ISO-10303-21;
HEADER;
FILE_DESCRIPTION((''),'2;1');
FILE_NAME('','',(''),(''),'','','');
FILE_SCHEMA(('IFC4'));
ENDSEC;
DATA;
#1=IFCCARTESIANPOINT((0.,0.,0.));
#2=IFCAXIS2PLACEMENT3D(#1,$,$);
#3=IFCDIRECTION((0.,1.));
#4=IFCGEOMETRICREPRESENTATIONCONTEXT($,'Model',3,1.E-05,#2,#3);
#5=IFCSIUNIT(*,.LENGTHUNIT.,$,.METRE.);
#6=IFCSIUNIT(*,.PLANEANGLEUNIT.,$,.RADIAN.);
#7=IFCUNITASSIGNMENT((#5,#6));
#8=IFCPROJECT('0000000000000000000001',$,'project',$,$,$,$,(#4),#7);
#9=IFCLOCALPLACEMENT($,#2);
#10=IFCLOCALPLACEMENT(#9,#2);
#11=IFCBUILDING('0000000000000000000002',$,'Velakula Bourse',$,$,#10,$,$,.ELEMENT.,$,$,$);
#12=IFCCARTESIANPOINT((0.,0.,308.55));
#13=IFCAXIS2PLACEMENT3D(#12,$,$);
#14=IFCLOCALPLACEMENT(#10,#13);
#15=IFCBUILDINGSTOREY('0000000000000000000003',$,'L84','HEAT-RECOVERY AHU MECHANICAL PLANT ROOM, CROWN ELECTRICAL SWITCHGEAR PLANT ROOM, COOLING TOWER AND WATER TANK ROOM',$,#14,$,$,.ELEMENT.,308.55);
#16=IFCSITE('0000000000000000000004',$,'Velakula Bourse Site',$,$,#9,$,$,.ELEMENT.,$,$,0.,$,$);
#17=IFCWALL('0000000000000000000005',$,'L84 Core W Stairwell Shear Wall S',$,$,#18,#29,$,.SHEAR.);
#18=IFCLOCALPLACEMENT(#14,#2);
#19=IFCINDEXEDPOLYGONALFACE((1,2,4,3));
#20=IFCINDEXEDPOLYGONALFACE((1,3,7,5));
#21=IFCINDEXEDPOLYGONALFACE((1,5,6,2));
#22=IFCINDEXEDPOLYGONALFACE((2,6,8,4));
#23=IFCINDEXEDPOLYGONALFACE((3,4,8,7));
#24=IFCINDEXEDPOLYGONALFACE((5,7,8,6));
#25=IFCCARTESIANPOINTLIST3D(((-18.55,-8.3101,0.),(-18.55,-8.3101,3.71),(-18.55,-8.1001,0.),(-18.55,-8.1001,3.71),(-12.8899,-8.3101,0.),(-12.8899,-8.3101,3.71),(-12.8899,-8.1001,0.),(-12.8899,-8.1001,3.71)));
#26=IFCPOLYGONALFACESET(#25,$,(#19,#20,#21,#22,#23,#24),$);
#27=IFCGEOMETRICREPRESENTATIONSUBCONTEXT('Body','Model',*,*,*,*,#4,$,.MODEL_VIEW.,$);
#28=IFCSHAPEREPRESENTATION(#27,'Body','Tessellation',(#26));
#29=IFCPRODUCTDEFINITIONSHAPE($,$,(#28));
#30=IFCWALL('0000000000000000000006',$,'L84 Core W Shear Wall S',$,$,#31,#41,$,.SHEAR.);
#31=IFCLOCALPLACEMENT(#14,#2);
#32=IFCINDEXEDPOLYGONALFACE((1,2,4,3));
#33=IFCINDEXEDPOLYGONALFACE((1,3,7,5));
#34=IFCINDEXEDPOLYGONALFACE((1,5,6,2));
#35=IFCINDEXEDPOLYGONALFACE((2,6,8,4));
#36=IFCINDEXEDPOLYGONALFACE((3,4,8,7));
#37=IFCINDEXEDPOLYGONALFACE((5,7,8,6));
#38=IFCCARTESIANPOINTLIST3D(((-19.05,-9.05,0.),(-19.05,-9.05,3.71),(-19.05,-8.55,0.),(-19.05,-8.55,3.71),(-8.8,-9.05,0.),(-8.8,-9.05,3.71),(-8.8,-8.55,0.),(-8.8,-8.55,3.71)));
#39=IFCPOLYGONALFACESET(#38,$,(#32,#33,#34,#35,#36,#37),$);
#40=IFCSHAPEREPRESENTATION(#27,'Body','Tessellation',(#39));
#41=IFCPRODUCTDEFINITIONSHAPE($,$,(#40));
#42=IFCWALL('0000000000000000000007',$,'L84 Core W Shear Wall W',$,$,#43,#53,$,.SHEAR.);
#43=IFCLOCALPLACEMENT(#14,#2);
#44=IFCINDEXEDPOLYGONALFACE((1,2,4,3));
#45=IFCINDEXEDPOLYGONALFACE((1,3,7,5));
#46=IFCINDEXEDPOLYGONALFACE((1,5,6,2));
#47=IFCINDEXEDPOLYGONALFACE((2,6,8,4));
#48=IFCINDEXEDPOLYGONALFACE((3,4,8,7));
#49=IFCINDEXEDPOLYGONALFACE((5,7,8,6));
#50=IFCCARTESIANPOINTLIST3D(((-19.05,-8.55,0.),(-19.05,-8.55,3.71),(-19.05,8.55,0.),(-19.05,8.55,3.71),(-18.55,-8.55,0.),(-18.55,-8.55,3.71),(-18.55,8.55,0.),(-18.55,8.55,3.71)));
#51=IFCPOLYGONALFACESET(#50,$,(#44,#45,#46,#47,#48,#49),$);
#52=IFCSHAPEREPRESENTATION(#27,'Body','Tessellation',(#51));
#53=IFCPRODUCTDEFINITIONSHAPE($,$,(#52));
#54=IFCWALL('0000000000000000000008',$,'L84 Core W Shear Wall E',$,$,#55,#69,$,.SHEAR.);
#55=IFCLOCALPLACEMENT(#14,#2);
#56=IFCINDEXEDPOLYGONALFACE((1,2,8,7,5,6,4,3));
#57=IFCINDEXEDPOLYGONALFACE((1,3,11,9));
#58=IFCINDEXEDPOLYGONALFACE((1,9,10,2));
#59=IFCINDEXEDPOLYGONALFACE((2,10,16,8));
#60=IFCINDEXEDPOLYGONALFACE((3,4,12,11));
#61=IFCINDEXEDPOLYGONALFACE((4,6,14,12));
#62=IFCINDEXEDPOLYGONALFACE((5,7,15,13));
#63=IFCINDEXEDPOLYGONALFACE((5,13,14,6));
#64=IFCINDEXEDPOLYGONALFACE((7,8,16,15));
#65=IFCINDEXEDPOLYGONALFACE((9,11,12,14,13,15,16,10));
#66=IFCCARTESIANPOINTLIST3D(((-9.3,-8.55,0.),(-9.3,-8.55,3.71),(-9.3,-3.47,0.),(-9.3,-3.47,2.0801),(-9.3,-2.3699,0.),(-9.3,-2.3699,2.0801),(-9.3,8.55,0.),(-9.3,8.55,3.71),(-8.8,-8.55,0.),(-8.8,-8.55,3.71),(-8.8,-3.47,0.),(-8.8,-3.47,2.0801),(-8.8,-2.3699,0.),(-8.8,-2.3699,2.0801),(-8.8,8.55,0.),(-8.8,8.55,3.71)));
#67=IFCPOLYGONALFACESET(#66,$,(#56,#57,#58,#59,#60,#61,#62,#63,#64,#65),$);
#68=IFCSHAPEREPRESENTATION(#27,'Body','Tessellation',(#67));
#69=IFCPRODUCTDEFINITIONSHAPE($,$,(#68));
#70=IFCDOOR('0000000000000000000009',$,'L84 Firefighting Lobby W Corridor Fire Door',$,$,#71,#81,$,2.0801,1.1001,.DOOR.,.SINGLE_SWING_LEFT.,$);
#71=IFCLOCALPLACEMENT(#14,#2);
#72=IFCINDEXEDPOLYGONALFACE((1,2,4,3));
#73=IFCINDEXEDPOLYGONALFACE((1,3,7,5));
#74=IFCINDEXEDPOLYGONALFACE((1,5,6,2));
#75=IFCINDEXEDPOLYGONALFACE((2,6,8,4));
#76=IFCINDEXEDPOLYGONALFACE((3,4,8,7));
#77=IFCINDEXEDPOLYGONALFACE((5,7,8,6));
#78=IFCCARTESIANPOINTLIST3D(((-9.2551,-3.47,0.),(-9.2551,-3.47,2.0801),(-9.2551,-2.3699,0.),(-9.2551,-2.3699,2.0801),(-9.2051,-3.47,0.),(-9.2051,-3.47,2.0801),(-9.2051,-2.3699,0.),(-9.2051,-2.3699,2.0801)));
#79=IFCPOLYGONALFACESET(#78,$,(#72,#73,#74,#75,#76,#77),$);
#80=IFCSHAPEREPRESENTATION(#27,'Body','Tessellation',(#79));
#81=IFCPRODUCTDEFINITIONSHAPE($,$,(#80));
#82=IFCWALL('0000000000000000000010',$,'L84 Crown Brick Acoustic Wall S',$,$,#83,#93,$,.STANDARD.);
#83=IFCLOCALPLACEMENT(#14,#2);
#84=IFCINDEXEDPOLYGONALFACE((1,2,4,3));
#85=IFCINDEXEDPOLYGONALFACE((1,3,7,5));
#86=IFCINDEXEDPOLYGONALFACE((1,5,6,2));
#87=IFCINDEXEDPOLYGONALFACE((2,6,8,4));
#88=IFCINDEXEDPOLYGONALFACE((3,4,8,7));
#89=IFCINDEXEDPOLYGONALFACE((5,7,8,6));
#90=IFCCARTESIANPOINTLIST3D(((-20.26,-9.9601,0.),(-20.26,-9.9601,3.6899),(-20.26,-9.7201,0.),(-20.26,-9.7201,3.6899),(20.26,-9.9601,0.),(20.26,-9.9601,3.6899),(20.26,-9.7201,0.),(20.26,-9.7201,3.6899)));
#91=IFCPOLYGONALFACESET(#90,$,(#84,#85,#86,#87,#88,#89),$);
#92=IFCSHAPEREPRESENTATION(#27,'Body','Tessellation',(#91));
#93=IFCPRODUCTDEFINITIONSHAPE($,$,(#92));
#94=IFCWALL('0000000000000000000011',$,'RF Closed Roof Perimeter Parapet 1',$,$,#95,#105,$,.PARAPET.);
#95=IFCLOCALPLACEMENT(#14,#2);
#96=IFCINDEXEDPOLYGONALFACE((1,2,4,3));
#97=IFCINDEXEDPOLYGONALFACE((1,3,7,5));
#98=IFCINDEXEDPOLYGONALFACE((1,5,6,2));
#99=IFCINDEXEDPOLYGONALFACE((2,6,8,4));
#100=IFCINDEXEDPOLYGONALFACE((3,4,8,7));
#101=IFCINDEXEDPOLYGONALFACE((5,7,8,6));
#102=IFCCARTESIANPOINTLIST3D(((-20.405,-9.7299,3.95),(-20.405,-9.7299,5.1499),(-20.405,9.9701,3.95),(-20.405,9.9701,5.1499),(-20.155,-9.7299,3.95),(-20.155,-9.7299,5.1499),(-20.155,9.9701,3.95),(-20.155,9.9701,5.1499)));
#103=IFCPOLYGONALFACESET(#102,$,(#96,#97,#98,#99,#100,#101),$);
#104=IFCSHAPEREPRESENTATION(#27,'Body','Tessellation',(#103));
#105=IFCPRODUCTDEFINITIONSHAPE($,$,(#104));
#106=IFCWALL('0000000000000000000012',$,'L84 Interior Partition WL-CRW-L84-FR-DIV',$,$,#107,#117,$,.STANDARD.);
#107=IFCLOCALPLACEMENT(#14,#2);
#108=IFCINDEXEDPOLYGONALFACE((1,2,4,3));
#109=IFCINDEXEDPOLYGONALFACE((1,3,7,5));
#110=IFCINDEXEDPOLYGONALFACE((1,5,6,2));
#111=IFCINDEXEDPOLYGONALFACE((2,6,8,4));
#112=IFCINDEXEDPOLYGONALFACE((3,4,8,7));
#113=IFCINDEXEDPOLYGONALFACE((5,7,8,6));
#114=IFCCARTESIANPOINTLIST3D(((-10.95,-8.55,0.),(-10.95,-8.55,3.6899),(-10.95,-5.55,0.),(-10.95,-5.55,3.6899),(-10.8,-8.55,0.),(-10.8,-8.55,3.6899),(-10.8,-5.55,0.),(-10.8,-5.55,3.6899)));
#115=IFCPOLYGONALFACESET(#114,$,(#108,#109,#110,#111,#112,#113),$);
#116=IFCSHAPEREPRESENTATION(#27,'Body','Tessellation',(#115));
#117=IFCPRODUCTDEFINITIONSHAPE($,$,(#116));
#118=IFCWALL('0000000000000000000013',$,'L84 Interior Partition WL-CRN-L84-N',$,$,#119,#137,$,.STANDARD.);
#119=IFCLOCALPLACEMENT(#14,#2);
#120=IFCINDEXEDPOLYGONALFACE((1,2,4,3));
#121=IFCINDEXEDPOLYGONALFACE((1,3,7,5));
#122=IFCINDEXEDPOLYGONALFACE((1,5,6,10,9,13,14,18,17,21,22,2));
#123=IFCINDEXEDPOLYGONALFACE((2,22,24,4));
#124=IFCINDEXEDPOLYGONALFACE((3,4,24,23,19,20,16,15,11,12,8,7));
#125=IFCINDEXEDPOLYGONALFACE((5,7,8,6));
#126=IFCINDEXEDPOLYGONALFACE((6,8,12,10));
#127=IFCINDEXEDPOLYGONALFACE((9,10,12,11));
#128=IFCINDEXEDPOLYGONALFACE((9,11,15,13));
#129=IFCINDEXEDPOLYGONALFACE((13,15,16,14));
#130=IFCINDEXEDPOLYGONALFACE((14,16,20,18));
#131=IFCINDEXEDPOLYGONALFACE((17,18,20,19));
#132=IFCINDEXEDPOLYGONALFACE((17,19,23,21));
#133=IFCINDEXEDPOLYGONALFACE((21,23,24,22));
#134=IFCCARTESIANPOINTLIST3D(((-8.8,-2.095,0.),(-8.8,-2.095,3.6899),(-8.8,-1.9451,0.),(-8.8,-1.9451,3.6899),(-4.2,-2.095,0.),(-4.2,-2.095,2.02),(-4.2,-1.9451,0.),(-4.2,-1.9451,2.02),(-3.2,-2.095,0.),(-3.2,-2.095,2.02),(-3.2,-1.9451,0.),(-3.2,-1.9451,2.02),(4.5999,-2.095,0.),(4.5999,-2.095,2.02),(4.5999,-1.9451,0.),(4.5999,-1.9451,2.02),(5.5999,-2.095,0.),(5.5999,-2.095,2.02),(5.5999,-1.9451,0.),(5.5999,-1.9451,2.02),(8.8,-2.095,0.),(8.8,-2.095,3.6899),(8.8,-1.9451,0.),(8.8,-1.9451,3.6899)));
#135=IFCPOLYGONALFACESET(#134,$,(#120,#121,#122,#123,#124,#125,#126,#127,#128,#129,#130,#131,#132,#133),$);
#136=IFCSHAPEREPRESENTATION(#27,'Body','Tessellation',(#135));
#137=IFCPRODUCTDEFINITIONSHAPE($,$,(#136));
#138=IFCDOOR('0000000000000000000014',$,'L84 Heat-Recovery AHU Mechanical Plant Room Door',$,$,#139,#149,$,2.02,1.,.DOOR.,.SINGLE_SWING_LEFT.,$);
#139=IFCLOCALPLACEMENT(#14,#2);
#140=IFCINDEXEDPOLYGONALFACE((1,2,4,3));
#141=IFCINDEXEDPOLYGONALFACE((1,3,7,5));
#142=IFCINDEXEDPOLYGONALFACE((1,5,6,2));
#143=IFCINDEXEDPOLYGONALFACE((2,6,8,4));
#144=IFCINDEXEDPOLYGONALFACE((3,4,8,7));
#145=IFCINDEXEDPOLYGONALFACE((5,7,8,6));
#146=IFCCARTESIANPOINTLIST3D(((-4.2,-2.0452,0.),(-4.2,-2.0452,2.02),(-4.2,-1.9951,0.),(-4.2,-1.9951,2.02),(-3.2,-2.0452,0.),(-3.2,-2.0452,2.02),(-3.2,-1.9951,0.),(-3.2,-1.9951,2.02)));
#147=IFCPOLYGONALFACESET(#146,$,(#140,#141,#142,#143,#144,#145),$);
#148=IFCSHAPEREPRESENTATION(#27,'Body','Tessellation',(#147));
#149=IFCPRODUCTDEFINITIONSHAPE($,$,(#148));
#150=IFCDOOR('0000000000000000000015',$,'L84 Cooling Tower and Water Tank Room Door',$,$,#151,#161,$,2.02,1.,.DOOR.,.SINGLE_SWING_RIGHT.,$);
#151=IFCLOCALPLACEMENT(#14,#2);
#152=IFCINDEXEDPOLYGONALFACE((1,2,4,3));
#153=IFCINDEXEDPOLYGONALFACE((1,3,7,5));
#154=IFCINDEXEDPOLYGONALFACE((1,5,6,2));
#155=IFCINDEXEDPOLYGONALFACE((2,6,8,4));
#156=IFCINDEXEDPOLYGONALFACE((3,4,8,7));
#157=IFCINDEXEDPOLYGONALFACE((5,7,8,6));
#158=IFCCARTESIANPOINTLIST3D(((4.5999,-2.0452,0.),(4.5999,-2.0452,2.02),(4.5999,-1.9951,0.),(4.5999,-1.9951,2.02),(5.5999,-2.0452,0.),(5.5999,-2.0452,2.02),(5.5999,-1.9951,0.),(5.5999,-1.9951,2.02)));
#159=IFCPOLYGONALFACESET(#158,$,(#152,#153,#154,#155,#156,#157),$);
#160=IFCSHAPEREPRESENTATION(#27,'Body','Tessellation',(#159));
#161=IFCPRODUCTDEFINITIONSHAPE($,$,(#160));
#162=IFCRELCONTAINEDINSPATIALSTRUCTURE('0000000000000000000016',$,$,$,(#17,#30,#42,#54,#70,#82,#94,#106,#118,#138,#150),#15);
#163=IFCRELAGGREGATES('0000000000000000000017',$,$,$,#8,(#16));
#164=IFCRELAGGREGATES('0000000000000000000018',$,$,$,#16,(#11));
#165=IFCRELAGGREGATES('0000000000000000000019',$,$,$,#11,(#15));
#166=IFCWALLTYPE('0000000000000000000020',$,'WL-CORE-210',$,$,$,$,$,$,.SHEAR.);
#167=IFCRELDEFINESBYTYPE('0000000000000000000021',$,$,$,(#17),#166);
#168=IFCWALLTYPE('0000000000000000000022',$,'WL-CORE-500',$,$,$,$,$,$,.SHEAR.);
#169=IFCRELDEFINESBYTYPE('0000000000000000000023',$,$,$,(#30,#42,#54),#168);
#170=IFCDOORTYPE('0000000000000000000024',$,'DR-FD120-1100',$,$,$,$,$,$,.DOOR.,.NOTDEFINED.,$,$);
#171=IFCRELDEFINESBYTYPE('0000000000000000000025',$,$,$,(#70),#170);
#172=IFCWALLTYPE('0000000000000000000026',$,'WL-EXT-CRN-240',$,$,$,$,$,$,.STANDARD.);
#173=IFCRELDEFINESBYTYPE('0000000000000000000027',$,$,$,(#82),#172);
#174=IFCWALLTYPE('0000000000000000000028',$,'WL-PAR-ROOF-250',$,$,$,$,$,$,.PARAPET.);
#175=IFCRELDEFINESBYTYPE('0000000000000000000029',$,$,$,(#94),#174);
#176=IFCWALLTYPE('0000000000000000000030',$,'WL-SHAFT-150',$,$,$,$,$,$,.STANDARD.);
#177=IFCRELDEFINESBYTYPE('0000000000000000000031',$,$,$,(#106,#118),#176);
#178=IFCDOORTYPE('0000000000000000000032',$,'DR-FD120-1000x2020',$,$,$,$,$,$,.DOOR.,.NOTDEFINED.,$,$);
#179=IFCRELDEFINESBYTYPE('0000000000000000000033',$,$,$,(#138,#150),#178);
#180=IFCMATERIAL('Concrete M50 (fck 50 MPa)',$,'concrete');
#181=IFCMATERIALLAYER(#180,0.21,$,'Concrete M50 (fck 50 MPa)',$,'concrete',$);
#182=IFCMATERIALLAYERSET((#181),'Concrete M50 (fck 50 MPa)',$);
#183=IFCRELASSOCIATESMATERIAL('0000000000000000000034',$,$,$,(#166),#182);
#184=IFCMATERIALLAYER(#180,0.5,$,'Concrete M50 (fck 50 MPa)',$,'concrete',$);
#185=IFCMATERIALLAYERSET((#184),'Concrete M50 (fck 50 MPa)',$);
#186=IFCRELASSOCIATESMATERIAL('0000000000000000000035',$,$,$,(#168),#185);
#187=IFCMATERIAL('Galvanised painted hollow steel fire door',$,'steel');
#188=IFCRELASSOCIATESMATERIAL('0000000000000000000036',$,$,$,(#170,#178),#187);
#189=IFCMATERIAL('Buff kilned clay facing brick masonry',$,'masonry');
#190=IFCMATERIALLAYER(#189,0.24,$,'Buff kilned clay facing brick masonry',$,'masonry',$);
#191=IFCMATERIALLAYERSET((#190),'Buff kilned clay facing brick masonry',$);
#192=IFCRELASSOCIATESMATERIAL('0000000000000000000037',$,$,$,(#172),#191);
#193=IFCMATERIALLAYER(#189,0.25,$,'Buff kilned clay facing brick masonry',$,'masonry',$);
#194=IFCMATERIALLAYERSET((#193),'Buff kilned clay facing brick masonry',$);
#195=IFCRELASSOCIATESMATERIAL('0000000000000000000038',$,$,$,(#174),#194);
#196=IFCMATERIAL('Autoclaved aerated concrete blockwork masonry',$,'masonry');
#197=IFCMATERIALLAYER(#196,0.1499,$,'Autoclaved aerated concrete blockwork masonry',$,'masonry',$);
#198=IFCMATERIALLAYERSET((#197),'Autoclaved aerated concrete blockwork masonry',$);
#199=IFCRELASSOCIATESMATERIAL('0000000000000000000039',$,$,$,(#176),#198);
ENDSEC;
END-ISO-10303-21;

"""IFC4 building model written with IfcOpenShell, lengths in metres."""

from ifc_helpers import new_model, si_unit, direction, frame, frame_2d, origin, place, context, subcontext, project, spatial, rectangle, extrude, material, layer, layer_set, type_object, element, fill, save


model = new_model("IFC4")

# Units and contexts
model_context = context("Model", 3, precision=1e-05, world=origin(), true_north=direction((0.0, 1.0)))
body_context = subcontext(model_context, "Body", "Model", "MODEL_VIEW")
ifc_project = project(units=[si_unit("LENGTHUNIT", "METRE"), si_unit("PLANEANGLEUNIT", "RADIAN")], contexts=[model_context])

# Site, building, storey
site_placement = place(None, origin())
site = spatial("IfcSite", under=ifc_project, at=site_placement, Name="Velakula Bourse Site", CompositionType="ELEMENT", RefElevation=0.0)
building_placement = place(site_placement, origin())
building = spatial("IfcBuilding", under=site, at=building_placement, Name="Velakula Bourse", CompositionType="ELEMENT")
storey_placement = place(building_placement, frame((0.0, 0.0, 308.55)))
storey = spatial("IfcBuildingStorey", under=building, at=storey_placement, Name="L84", Description="HEAT-RECOVERY AHU MECHANICAL PLANT ROOM, CROWN ELECTRICAL SWITCHGEAR PLANT ROOM, COOLING TOWER AND WATER TANK ROOM", CompositionType="ELEMENT", Elevation=308.55)

# Shared definitions
ifc_material_1 = material(Name="Concrete M50 (fck 50 MPa)", Category="concrete")

# Shared definitions
ifc_layer_1 = layer(ifc_material_1, 0.21, Name="Concrete M50 (fck 50 MPa)", Category="concrete")
ifc_layer_set_1 = layer_set([ifc_layer_1], Name="Concrete M50 (fck 50 MPa)")
wall_type_1 = type_object("IfcWallType", Name="WL-CORE-210", PredefinedType="SHEAR", material=ifc_layer_set_1)
ifc_material_2 = material(Name="Galvanised painted hollow steel fire door", Category="steel")

# Walls
wall_1_placement = place(storey_placement, frame((-18.55, -8.2051, 0.0), z_axis=(0.0, 0.0, 1.0), x_axis=(1.0, 0.0, 0.0)))
element("IfcWall", 1, at=wall_1_placement, inside=storey, type_object=wall_type_1, Name="L84 Core W Stairwell Shear Wall S", PredefinedType="SHEAR", context=body_context, shape_type="SweptSolid", body=[
    extrude(rectangle(XDim=5.6602, YDim=0.21, at=frame_2d((2.8301, 0.0))), origin(), (0.0, 0.0, 1.0), 3.71),
])
ifc_layer_2 = layer(ifc_material_1, 0.5, Name="Concrete M50 (fck 50 MPa)", Category="concrete")
ifc_layer_set_2 = layer_set([ifc_layer_2], Name="Concrete M50 (fck 50 MPa)")
wall_type_2 = type_object("IfcWallType", Name="WL-CORE-500", PredefinedType="SHEAR", material=ifc_layer_set_2)
wall_2_placement = place(storey_placement, frame((-19.05, -8.8, 0.0), z_axis=(0.0, 0.0, 1.0), x_axis=(1.0, 0.0, 0.0)))
element("IfcWall", 2, at=wall_2_placement, inside=storey, type_object=wall_type_2, Name="L84 Core W Shear Wall S", PredefinedType="SHEAR", context=body_context, shape_type="SweptSolid", body=[
    extrude(rectangle(XDim=10.25, YDim=0.5, at=frame_2d((5.125, 0.0))), origin(), (0.0, 0.0, 1.0), 3.71),
])
wall_3_placement = place(storey_placement, frame((-18.8, -8.55, 0.0), z_axis=(0.0, 0.0, 1.0), x_axis=(0.0, 1.0, 0.0)))
element("IfcWall", 3, at=wall_3_placement, inside=storey, type_object=wall_type_2, Name="L84 Core W Shear Wall W", PredefinedType="SHEAR", context=body_context, shape_type="SweptSolid", body=[
    extrude(rectangle(XDim=17.1001, YDim=0.5, at=frame_2d((8.55, 0.0))), origin(), (0.0, 0.0, 1.0), 3.71),
])

# Wall, opening, door
wall_4_placement = place(storey_placement, frame((-9.05, -8.55, 0.0), z_axis=(0.0, 0.0, 1.0), x_axis=(0.0, 1.0, 0.0)))
wall_4 = element("IfcWall", 4, at=wall_4_placement, inside=storey, type_object=wall_type_2, Name="L84 Core W Shear Wall E", PredefinedType="SHEAR", context=body_context, shape_type="SweptSolid", body=[
    extrude(rectangle(XDim=17.1001, YDim=0.5, at=frame_2d((8.55, 0.0))), origin(), (0.0, 0.0, 1.0), 3.71),
])
opening_1_placement = place(wall_4_placement, frame((5.0801, 0.0, 0.0)))
opening_1 = element("IfcOpeningElement", 5, at=opening_1_placement, cuts=wall_4, PredefinedType="OPENING", context=body_context, shape_type="SweptSolid", body=[
    extrude(rectangle(XDim=1.1001, YDim=2.0801, at=frame_2d((0.55, 1.04))), frame((0.0, 0.26, 0.0), z_axis=(0.0, -1.0, 0.0), x_axis=(1.0, 0.0, 0.0)), (0.0, 0.0, 1.0), 0.52),
])
door_type_1 = type_object("IfcDoorType", Name="DR-FD120-1100", OperationType="NOTDEFINED", PredefinedType="DOOR", material=ifc_material_2)
door_1_placement = place(opening_1_placement, origin())
door_1 = element("IfcDoor", 6, at=door_1_placement, inside=storey, type_object=door_type_1, Name="L84 Firefighting Lobby W Corridor Fire Door", OperationType="SINGLE_SWING_LEFT", OverallHeight=2.0801, OverallWidth=1.1001, PredefinedType="DOOR", context=body_context, shape_type="SweptSolid", body=[
    extrude(rectangle(XDim=1.1001, YDim=2.0801, at=frame_2d((0.55, 1.04))), frame((0.0, 0.2051, 0.0), z_axis=(0.0, -1.0, 0.0), x_axis=(1.0, 0.0, 0.0)), (0.0, 0.0, 1.0), 0.05),
])
fill(opening_1, door_1)

# Walls
ifc_material_3 = material(Name="Buff kilned clay facing brick masonry", Category="masonry")
ifc_layer_3 = layer(ifc_material_3, 0.24, Name="Buff kilned clay facing brick masonry", Category="masonry")
ifc_layer_set_3 = layer_set([ifc_layer_3], Name="Buff kilned clay facing brick masonry")
wall_type_3 = type_object("IfcWallType", Name="WL-EXT-CRN-240", PredefinedType="STANDARD", material=ifc_layer_set_3)
wall_5_placement = place(storey_placement, frame((-20.26, -9.8401, 0.0), z_axis=(0.0, 0.0, 1.0), x_axis=(1.0, 0.0, 0.0)))
element("IfcWall", 7, at=wall_5_placement, inside=storey, type_object=wall_type_3, Name="L84 Crown Brick Acoustic Wall S", PredefinedType="STANDARD", context=body_context, shape_type="SweptSolid", body=[
    extrude(rectangle(XDim=40.52, YDim=0.24, at=frame_2d((20.26, 0.0))), origin(), (0.0, 0.0, 1.0), 3.6899),
])
ifc_layer_4 = layer(ifc_material_3, 0.25, Name="Buff kilned clay facing brick masonry", Category="masonry")
ifc_layer_set_4 = layer_set([ifc_layer_4], Name="Buff kilned clay facing brick masonry")
wall_type_4 = type_object("IfcWallType", Name="WL-PAR-ROOF-250", PredefinedType="PARAPET", material=ifc_layer_set_4)
wall_6_placement = place(storey_placement, frame((-20.28, -9.73, 3.95), z_axis=(0.0, 0.0, 1.0), x_axis=(0.0, 1.0, 0.0)))
element("IfcWall", 8, at=wall_6_placement, inside=storey, type_object=wall_type_4, Name="RF Closed Roof Perimeter Parapet 1", PredefinedType="PARAPET", context=body_context, shape_type="SweptSolid", body=[
    extrude(rectangle(XDim=19.7, YDim=0.25, at=frame_2d((9.8501, 0.0))), origin(), (0.0, 0.0, 1.0), 1.2),
])

# Shared definitions
ifc_material_4 = material(Name="Autoclaved aerated concrete blockwork masonry", Category="masonry")
ifc_layer_5 = layer(ifc_material_4, 0.1499, Name="Autoclaved aerated concrete blockwork masonry", Category="masonry")
ifc_layer_set_5 = layer_set([ifc_layer_5], Name="Autoclaved aerated concrete blockwork masonry")
wall_type_5 = type_object("IfcWallType", Name="WL-SHAFT-150", PredefinedType="STANDARD", material=ifc_layer_set_5)

# Wall
wall_7_placement = place(storey_placement, frame((-10.875, -8.55, 0.0), z_axis=(0.0, 0.0, 1.0), x_axis=(0.0, 1.0, 0.0)))
element("IfcWall", 9, at=wall_7_placement, inside=storey, type_object=wall_type_5, Name="L84 Interior Partition WL-CRW-L84-FR-DIV", PredefinedType="STANDARD", context=body_context, shape_type="SweptSolid", body=[
    extrude(rectangle(XDim=3.0, YDim=0.1499, at=frame_2d((1.5, 0.0))), origin(), (0.0, 0.0, 1.0), 3.6899),
])

# Wall, openings, doors
wall_8_placement = place(storey_placement, frame((-8.8, -2.02, 0.0), z_axis=(0.0, 0.0, 1.0), x_axis=(1.0, 0.0, 0.0)))
wall_8 = element("IfcWall", 10, at=wall_8_placement, inside=storey, type_object=wall_type_5, Name="L84 Interior Partition WL-CRN-L84-N", PredefinedType="STANDARD", context=body_context, shape_type="SweptSolid", body=[
    extrude(rectangle(XDim=17.6001, YDim=0.1499, at=frame_2d((8.8, 0.0))), origin(), (0.0, 0.0, 1.0), 3.6899),
])
opening_2_placement = place(wall_8_placement, frame((4.6001, 0.0, 0.0)))
opening_2 = element("IfcOpeningElement", 11, at=opening_2_placement, cuts=wall_8, PredefinedType="OPENING", context=body_context, shape_type="SweptSolid", body=[
    extrude(rectangle(XDim=1.0, YDim=2.02, at=frame_2d((0.5, 1.01))), frame((0.0, 0.085, 0.0), z_axis=(0.0, -1.0, 0.0), x_axis=(1.0, 0.0, 0.0)), (0.0, 0.0, 1.0), 0.1699),
])
opening_3_placement = place(wall_8_placement, frame((13.3999, 0.0, 0.0)))
opening_3 = element("IfcOpeningElement", 12, at=opening_3_placement, cuts=wall_8, PredefinedType="OPENING", context=body_context, shape_type="SweptSolid", body=[
    extrude(rectangle(XDim=1.0, YDim=2.02, at=frame_2d((0.5, 1.01))), frame((0.0, 0.085, 0.0), z_axis=(0.0, -1.0, 0.0), x_axis=(1.0, 0.0, 0.0)), (0.0, 0.0, 1.0), 0.1699),
])
door_type_2 = type_object("IfcDoorType", Name="DR-FD120-1000x2020", OperationType="NOTDEFINED", PredefinedType="DOOR", material=ifc_material_2)
door_2_placement = place(opening_2_placement, origin())
door_2 = element("IfcDoor", 13, at=door_2_placement, inside=storey, type_object=door_type_2, Name="L84 Heat-Recovery AHU Mechanical Plant Room Door", OperationType="SINGLE_SWING_LEFT", OverallHeight=2.02, OverallWidth=1.0, PredefinedType="DOOR", context=body_context, shape_type="SweptSolid", body=[
    extrude(rectangle(XDim=1.0, YDim=2.02, at=frame_2d((0.5, 1.01))), frame((0.0, 0.0249, 0.0), z_axis=(0.0, -1.0, 0.0), x_axis=(1.0, 0.0, 0.0)), (0.0, 0.0, 1.0), 0.05),
])
fill(opening_2, door_2)
door_3_placement = place(opening_3_placement, origin())
door_3 = element("IfcDoor", 14, at=door_3_placement, inside=storey, type_object=door_type_2, Name="L84 Cooling Tower and Water Tank Room Door", OperationType="SINGLE_SWING_RIGHT", OverallHeight=2.02, OverallWidth=1.0, PredefinedType="DOOR", context=body_context, shape_type="SweptSolid", body=[
    extrude(rectangle(XDim=1.0, YDim=2.02, at=frame_2d((0.5, 1.01))), frame((0.0, 0.0249, 0.0), z_axis=(0.0, -1.0, 0.0), x_axis=(1.0, 0.0, 0.0)), (0.0, 0.0, 1.0), 0.05),
])
fill(opening_3, door_3)

save(model, "model.ifc")
